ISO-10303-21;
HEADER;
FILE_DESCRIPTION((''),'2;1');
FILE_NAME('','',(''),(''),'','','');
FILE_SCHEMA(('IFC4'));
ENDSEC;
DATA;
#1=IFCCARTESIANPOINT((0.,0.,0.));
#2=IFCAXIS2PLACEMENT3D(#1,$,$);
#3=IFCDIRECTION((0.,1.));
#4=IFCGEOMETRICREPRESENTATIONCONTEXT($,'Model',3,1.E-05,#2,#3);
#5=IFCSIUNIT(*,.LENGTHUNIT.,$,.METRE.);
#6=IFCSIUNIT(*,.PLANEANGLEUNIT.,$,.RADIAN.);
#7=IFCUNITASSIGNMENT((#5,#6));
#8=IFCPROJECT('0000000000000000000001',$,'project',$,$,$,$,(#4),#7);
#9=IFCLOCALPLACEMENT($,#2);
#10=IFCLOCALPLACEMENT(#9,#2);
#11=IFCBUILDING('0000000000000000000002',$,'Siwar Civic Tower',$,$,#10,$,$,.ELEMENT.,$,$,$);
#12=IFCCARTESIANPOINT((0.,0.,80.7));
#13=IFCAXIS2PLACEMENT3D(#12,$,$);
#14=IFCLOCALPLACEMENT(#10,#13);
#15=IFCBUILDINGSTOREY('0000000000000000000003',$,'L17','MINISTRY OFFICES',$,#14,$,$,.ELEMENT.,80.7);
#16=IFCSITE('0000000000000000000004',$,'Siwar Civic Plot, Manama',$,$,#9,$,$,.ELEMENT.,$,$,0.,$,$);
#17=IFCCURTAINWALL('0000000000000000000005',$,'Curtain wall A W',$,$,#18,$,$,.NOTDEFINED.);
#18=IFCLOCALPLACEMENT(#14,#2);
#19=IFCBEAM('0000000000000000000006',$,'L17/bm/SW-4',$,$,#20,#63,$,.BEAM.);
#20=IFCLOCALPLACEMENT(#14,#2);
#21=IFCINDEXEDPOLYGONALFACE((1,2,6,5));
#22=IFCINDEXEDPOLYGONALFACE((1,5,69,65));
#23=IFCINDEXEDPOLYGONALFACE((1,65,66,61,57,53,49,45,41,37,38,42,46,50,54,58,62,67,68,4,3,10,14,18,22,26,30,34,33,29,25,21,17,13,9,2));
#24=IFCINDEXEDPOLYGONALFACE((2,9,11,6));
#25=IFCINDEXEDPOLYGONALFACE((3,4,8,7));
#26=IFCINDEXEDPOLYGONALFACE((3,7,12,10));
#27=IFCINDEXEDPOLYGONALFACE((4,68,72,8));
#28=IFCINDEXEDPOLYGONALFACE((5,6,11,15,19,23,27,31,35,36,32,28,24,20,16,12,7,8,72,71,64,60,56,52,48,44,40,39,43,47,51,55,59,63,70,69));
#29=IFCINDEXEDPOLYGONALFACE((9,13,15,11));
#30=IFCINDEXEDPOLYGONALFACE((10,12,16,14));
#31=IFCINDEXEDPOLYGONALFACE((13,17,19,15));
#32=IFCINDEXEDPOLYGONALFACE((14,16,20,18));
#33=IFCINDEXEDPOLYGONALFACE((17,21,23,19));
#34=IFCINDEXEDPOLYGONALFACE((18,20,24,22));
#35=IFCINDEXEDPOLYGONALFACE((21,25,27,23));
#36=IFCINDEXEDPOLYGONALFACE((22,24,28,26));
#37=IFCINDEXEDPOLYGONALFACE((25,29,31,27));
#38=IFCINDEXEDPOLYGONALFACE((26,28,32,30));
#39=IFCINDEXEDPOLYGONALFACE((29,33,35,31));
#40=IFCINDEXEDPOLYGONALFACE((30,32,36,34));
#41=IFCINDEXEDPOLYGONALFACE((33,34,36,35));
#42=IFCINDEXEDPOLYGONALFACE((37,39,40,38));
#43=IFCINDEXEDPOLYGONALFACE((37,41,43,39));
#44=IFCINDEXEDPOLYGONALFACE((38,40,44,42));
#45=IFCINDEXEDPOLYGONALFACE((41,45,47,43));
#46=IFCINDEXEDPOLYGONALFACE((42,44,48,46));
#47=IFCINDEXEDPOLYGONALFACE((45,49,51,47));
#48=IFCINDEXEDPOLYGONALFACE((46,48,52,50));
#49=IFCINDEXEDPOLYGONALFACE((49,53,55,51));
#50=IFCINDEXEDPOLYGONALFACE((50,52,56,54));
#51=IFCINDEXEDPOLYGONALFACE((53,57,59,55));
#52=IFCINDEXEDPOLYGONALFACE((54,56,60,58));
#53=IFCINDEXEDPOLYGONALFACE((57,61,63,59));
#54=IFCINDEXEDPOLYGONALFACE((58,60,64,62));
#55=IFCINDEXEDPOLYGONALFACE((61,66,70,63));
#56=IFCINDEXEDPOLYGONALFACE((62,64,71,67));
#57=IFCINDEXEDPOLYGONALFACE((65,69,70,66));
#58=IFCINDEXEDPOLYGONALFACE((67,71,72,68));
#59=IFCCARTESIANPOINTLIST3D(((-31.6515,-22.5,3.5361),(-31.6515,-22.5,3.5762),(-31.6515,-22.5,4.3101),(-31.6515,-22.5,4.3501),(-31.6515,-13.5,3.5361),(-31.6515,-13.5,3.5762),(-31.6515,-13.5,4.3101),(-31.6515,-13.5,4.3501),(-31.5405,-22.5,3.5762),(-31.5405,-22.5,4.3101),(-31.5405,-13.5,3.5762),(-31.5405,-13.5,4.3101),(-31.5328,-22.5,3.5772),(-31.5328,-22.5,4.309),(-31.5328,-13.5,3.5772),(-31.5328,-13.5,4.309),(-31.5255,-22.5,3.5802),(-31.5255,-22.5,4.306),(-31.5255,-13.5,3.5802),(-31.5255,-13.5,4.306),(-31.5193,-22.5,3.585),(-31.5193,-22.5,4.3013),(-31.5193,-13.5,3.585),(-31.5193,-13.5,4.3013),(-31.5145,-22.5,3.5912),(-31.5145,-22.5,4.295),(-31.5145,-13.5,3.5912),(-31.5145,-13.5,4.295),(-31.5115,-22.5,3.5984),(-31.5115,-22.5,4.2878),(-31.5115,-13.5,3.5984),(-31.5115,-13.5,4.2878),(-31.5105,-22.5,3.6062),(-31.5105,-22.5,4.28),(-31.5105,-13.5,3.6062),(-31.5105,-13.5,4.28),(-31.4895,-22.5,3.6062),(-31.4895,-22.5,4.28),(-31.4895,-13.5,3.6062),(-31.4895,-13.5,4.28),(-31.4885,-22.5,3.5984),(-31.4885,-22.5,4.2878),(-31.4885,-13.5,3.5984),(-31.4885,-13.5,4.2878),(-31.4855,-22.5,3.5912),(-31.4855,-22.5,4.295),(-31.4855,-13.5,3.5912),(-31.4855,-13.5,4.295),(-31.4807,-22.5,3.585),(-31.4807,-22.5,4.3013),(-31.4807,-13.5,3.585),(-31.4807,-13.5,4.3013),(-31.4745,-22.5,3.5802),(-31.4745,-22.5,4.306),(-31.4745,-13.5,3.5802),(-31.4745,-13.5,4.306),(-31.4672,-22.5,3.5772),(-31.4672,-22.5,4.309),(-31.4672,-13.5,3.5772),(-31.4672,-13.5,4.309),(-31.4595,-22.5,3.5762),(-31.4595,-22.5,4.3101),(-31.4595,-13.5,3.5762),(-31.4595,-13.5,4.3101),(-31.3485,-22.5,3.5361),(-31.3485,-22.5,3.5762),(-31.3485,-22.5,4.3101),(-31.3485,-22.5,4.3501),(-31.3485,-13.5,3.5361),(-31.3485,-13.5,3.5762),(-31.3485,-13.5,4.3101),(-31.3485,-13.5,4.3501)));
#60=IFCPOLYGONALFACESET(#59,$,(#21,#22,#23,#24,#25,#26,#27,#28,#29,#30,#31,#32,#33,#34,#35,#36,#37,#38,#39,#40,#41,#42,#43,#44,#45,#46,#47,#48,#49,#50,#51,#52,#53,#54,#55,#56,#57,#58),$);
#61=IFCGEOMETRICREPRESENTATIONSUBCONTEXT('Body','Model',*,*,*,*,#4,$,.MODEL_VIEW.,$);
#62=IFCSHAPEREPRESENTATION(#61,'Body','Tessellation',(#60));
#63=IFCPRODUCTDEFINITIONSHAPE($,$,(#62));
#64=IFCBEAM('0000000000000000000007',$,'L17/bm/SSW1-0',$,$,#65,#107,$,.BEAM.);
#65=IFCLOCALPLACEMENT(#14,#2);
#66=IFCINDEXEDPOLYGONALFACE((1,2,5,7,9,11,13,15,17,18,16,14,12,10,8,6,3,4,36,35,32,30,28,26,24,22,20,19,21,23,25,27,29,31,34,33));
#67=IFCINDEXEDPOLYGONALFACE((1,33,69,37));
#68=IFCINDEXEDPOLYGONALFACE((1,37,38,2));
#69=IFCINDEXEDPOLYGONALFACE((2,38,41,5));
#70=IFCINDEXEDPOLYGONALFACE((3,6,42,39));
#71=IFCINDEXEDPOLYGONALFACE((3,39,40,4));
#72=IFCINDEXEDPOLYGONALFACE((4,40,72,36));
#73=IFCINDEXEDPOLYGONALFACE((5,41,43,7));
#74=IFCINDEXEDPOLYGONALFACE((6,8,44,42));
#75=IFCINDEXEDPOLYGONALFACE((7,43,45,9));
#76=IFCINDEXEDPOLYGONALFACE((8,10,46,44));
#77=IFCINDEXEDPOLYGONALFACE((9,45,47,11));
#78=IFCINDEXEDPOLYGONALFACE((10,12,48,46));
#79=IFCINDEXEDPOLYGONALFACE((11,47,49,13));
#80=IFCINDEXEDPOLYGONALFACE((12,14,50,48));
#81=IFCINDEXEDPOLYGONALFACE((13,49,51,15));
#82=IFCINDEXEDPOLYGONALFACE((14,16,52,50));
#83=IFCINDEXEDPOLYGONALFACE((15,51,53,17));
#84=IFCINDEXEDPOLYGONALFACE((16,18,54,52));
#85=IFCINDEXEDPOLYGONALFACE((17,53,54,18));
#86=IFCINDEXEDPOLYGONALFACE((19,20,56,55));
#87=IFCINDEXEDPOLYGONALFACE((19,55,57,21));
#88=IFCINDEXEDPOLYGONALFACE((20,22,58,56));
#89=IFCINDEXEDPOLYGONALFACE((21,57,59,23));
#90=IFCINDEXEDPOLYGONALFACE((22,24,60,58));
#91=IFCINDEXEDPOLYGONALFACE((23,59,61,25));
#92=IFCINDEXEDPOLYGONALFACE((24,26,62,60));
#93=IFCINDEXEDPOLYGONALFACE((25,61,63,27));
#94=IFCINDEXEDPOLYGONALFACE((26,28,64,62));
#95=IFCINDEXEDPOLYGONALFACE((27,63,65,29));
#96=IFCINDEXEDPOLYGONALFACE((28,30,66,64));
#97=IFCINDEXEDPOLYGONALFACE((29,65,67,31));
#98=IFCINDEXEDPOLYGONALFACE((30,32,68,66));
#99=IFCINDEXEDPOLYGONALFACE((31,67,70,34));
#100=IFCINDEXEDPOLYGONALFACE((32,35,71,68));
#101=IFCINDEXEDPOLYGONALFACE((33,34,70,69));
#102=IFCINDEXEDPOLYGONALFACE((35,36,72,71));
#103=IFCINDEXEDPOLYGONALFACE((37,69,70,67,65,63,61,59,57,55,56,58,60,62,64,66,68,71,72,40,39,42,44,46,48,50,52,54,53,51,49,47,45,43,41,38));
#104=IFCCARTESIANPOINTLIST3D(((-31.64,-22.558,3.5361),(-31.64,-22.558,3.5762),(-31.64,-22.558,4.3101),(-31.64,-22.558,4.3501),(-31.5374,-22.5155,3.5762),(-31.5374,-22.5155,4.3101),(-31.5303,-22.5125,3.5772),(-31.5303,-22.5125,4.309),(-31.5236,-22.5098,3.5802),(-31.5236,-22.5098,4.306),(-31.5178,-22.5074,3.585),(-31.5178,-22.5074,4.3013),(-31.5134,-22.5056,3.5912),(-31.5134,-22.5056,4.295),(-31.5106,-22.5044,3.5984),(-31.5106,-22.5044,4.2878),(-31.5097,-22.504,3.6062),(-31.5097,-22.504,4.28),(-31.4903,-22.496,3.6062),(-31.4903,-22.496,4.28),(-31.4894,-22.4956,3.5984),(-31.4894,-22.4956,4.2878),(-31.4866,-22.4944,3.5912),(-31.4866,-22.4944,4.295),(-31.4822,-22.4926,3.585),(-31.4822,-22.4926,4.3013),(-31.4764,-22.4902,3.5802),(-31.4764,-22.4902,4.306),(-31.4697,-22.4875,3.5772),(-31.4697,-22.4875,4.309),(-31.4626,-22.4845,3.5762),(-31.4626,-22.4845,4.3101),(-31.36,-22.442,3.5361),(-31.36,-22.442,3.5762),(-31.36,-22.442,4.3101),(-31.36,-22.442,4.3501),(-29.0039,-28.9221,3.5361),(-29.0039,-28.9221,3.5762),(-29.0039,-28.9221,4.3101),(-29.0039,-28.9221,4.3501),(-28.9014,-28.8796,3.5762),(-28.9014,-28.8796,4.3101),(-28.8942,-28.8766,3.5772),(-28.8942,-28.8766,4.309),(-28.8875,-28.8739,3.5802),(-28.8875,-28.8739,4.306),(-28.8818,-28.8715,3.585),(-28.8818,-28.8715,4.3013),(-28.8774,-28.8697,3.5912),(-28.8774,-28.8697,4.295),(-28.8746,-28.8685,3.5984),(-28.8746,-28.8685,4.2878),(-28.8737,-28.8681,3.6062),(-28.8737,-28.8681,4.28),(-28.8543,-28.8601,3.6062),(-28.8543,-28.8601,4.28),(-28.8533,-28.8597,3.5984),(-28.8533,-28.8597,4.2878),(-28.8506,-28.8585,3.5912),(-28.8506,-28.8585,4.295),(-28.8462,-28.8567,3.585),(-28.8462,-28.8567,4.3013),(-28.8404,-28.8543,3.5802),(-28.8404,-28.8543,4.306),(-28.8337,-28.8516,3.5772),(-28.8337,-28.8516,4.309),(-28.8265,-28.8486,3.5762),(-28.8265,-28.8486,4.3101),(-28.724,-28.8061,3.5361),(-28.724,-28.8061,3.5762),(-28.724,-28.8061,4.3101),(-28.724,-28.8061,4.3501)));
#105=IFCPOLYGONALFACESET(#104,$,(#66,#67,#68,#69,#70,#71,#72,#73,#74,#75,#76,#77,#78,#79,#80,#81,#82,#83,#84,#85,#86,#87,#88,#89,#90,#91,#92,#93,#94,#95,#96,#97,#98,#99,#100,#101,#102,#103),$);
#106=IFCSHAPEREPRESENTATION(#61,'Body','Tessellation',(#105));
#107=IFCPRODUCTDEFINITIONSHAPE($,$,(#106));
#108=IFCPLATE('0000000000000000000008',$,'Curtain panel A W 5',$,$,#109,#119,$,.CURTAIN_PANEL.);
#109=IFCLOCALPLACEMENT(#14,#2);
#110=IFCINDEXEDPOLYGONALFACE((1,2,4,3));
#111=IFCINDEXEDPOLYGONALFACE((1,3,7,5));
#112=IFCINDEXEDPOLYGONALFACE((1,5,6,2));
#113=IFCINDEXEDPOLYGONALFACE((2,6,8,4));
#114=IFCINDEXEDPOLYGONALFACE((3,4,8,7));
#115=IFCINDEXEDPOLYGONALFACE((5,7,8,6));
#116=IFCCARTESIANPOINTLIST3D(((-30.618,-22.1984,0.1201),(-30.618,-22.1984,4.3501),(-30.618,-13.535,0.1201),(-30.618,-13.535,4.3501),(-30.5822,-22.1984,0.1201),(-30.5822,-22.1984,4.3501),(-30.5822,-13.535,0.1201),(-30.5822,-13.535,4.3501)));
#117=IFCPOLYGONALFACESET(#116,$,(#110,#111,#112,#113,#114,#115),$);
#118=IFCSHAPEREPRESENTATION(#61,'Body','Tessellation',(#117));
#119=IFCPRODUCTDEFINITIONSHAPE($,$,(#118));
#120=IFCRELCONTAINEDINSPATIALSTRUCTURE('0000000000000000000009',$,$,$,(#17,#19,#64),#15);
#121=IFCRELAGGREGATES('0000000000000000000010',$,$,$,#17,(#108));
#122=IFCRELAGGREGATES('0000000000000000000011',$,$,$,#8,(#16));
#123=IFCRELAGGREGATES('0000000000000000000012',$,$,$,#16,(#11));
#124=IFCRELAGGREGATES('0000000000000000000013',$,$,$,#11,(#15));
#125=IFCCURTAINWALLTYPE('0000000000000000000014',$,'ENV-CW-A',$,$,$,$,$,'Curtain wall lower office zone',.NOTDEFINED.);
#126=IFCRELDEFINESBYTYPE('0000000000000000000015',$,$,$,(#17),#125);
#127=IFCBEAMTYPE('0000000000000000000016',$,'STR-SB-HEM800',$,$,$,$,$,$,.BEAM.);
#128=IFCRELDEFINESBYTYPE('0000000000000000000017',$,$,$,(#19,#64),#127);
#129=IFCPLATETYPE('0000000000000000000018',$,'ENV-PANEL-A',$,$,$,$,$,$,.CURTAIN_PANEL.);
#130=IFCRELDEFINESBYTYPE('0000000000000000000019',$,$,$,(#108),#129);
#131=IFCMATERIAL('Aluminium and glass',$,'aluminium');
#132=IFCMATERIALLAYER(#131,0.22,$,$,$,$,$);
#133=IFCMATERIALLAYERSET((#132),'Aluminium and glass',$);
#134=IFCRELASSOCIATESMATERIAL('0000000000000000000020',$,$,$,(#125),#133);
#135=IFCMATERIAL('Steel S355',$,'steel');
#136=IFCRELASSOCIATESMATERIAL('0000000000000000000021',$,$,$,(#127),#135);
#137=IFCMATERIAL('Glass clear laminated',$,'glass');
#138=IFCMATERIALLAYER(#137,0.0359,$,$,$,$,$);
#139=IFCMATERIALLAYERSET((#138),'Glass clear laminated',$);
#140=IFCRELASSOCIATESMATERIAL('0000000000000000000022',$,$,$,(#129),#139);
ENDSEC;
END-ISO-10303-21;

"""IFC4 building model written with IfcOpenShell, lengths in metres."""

from ifc_helpers import new_model, si_unit, direction, frame, origin, origin_2d, place, context, subcontext, project, spatial, rectangle, i_section, extrude, material, layer, layer_set, material_profile, profile_set, type_object, element, aggregate, save


model = new_model("IFC4")

# Units and contexts
model_context = context("Model", 3, precision=1e-05, world=origin(), true_north=direction((0.0, 1.0)))
body_context = subcontext(model_context, "Body", "Model", "MODEL_VIEW")
ifc_project = project(units=[si_unit("LENGTHUNIT", "METRE"), si_unit("PLANEANGLEUNIT", "RADIAN")], contexts=[model_context])

# Site, building, storey
site_placement = place(None, origin())
site = spatial("IfcSite", under=ifc_project, at=site_placement, Name="Siwar Civic Plot, Manama", CompositionType="ELEMENT", RefElevation=0.0)
building_placement = place(site_placement, origin())
building = spatial("IfcBuilding", under=site, at=building_placement, Name="Siwar Civic Tower", CompositionType="ELEMENT")
storey_placement = place(building_placement, frame((0.0, 0.0, 80.7)))
storey = spatial("IfcBuildingStorey", under=building, at=storey_placement, Name="L17", Description="MINISTRY OFFICES", CompositionType="ELEMENT", Elevation=80.7)

# Curtain wall
ifc_material_1 = material(Name="Aluminium and glass", Category="aluminium")
ifc_layer_1 = layer(ifc_material_1, 0.22)
ifc_layer_set_1 = layer_set([ifc_layer_1], Name="Aluminium and glass")
curtain_wall_type_1 = type_object("IfcCurtainWallType", Name="ENV-CW-A", ElementType="Curtain wall lower office zone", PredefinedType="NOTDEFINED", material=ifc_layer_set_1)
curtain_wall_1_placement = place(storey_placement, origin())
curtain_wall_1 = element("IfcCurtainWall", 1, at=curtain_wall_1_placement, inside=storey, type_object=curtain_wall_type_1, Name="Curtain wall A W", PredefinedType="NOTDEFINED")

# Beams
ifc_material_2 = material(Name="Steel S355", Category="steel")
ifc_material_profile_1 = material_profile(ifc_material_2, i_section(OverallWidth=0.303, OverallDepth=0.814, WebThickness=0.021, FlangeThickness=0.04, FilletRadius=0.03, at=origin_2d()), Name="HEM800")
ifc_profile_set_1 = profile_set([ifc_material_profile_1], Name="Steel S355")
beam_type_1 = type_object("IfcBeamType", Name="STR-SB-HEM800", PredefinedType="BEAM", material=ifc_profile_set_1)
beam_1_placement = place(storey_placement, frame((-31.5, -13.5, 3.9431), z_axis=(0.0, -1.0, 0.0), x_axis=(1.0, 0.0, 0.0)))
element("IfcBeam", 2, at=beam_1_placement, inside=storey, type_object=beam_type_1, Name="L17/bm/SW-4", PredefinedType="BEAM", context=body_context, shape_type="SweptSolid", body=[
    extrude(i_section(OverallWidth=0.303, OverallDepth=0.814, WebThickness=0.021, FlangeThickness=0.04, FilletRadius=0.03, at=origin_2d()), origin(), (0.0, 0.0, 1.0), 9.0),
])
beam_2_placement = place(storey_placement, frame((-31.5, -22.5, 3.9431), z_axis=(0.382674, -0.923883, 0.0), x_axis=(0.923883, 0.382674, 0.0)))
element("IfcBeam", 3, at=beam_2_placement, inside=storey, type_object=beam_type_1, Name="L17/bm/SSW1-0", PredefinedType="BEAM", context=body_context, shape_type="SweptSolid", body=[
    extrude(i_section(OverallWidth=0.303, OverallDepth=0.814, WebThickness=0.021, FlangeThickness=0.04, FilletRadius=0.03, at=origin_2d()), origin(), (0.0, 0.0, 1.0), 6.8884),
])

# Plate
ifc_material_3 = material(Name="Glass clear laminated", Category="glass")
ifc_layer_2 = layer(ifc_material_3, 0.0359)
ifc_layer_set_2 = layer_set([ifc_layer_2], Name="Glass clear laminated")
plate_type = type_object("IfcPlateType", Name="ENV-PANEL-A", PredefinedType="CURTAIN_PANEL", material=ifc_layer_set_2)
plate_placement = place(storey_placement, frame((-30.6001, -17.8667, 0.1201), z_axis=(0.0, 0.0, 1.0), x_axis=(0.0, -1.0, 0.0)))
plate = element("IfcPlate", 4, at=plate_placement, type_object=plate_type, Name="Curtain panel A W 5", PredefinedType="CURTAIN_PANEL", context=body_context, shape_type="SweptSolid", body=[
    extrude(rectangle(XDim=8.6633, YDim=0.0359, at=origin_2d()), origin(), (0.0, 0.0, 1.0), 4.23),
])
aggregate(curtain_wall_1, [plate])

save(model, "model.ifc")
